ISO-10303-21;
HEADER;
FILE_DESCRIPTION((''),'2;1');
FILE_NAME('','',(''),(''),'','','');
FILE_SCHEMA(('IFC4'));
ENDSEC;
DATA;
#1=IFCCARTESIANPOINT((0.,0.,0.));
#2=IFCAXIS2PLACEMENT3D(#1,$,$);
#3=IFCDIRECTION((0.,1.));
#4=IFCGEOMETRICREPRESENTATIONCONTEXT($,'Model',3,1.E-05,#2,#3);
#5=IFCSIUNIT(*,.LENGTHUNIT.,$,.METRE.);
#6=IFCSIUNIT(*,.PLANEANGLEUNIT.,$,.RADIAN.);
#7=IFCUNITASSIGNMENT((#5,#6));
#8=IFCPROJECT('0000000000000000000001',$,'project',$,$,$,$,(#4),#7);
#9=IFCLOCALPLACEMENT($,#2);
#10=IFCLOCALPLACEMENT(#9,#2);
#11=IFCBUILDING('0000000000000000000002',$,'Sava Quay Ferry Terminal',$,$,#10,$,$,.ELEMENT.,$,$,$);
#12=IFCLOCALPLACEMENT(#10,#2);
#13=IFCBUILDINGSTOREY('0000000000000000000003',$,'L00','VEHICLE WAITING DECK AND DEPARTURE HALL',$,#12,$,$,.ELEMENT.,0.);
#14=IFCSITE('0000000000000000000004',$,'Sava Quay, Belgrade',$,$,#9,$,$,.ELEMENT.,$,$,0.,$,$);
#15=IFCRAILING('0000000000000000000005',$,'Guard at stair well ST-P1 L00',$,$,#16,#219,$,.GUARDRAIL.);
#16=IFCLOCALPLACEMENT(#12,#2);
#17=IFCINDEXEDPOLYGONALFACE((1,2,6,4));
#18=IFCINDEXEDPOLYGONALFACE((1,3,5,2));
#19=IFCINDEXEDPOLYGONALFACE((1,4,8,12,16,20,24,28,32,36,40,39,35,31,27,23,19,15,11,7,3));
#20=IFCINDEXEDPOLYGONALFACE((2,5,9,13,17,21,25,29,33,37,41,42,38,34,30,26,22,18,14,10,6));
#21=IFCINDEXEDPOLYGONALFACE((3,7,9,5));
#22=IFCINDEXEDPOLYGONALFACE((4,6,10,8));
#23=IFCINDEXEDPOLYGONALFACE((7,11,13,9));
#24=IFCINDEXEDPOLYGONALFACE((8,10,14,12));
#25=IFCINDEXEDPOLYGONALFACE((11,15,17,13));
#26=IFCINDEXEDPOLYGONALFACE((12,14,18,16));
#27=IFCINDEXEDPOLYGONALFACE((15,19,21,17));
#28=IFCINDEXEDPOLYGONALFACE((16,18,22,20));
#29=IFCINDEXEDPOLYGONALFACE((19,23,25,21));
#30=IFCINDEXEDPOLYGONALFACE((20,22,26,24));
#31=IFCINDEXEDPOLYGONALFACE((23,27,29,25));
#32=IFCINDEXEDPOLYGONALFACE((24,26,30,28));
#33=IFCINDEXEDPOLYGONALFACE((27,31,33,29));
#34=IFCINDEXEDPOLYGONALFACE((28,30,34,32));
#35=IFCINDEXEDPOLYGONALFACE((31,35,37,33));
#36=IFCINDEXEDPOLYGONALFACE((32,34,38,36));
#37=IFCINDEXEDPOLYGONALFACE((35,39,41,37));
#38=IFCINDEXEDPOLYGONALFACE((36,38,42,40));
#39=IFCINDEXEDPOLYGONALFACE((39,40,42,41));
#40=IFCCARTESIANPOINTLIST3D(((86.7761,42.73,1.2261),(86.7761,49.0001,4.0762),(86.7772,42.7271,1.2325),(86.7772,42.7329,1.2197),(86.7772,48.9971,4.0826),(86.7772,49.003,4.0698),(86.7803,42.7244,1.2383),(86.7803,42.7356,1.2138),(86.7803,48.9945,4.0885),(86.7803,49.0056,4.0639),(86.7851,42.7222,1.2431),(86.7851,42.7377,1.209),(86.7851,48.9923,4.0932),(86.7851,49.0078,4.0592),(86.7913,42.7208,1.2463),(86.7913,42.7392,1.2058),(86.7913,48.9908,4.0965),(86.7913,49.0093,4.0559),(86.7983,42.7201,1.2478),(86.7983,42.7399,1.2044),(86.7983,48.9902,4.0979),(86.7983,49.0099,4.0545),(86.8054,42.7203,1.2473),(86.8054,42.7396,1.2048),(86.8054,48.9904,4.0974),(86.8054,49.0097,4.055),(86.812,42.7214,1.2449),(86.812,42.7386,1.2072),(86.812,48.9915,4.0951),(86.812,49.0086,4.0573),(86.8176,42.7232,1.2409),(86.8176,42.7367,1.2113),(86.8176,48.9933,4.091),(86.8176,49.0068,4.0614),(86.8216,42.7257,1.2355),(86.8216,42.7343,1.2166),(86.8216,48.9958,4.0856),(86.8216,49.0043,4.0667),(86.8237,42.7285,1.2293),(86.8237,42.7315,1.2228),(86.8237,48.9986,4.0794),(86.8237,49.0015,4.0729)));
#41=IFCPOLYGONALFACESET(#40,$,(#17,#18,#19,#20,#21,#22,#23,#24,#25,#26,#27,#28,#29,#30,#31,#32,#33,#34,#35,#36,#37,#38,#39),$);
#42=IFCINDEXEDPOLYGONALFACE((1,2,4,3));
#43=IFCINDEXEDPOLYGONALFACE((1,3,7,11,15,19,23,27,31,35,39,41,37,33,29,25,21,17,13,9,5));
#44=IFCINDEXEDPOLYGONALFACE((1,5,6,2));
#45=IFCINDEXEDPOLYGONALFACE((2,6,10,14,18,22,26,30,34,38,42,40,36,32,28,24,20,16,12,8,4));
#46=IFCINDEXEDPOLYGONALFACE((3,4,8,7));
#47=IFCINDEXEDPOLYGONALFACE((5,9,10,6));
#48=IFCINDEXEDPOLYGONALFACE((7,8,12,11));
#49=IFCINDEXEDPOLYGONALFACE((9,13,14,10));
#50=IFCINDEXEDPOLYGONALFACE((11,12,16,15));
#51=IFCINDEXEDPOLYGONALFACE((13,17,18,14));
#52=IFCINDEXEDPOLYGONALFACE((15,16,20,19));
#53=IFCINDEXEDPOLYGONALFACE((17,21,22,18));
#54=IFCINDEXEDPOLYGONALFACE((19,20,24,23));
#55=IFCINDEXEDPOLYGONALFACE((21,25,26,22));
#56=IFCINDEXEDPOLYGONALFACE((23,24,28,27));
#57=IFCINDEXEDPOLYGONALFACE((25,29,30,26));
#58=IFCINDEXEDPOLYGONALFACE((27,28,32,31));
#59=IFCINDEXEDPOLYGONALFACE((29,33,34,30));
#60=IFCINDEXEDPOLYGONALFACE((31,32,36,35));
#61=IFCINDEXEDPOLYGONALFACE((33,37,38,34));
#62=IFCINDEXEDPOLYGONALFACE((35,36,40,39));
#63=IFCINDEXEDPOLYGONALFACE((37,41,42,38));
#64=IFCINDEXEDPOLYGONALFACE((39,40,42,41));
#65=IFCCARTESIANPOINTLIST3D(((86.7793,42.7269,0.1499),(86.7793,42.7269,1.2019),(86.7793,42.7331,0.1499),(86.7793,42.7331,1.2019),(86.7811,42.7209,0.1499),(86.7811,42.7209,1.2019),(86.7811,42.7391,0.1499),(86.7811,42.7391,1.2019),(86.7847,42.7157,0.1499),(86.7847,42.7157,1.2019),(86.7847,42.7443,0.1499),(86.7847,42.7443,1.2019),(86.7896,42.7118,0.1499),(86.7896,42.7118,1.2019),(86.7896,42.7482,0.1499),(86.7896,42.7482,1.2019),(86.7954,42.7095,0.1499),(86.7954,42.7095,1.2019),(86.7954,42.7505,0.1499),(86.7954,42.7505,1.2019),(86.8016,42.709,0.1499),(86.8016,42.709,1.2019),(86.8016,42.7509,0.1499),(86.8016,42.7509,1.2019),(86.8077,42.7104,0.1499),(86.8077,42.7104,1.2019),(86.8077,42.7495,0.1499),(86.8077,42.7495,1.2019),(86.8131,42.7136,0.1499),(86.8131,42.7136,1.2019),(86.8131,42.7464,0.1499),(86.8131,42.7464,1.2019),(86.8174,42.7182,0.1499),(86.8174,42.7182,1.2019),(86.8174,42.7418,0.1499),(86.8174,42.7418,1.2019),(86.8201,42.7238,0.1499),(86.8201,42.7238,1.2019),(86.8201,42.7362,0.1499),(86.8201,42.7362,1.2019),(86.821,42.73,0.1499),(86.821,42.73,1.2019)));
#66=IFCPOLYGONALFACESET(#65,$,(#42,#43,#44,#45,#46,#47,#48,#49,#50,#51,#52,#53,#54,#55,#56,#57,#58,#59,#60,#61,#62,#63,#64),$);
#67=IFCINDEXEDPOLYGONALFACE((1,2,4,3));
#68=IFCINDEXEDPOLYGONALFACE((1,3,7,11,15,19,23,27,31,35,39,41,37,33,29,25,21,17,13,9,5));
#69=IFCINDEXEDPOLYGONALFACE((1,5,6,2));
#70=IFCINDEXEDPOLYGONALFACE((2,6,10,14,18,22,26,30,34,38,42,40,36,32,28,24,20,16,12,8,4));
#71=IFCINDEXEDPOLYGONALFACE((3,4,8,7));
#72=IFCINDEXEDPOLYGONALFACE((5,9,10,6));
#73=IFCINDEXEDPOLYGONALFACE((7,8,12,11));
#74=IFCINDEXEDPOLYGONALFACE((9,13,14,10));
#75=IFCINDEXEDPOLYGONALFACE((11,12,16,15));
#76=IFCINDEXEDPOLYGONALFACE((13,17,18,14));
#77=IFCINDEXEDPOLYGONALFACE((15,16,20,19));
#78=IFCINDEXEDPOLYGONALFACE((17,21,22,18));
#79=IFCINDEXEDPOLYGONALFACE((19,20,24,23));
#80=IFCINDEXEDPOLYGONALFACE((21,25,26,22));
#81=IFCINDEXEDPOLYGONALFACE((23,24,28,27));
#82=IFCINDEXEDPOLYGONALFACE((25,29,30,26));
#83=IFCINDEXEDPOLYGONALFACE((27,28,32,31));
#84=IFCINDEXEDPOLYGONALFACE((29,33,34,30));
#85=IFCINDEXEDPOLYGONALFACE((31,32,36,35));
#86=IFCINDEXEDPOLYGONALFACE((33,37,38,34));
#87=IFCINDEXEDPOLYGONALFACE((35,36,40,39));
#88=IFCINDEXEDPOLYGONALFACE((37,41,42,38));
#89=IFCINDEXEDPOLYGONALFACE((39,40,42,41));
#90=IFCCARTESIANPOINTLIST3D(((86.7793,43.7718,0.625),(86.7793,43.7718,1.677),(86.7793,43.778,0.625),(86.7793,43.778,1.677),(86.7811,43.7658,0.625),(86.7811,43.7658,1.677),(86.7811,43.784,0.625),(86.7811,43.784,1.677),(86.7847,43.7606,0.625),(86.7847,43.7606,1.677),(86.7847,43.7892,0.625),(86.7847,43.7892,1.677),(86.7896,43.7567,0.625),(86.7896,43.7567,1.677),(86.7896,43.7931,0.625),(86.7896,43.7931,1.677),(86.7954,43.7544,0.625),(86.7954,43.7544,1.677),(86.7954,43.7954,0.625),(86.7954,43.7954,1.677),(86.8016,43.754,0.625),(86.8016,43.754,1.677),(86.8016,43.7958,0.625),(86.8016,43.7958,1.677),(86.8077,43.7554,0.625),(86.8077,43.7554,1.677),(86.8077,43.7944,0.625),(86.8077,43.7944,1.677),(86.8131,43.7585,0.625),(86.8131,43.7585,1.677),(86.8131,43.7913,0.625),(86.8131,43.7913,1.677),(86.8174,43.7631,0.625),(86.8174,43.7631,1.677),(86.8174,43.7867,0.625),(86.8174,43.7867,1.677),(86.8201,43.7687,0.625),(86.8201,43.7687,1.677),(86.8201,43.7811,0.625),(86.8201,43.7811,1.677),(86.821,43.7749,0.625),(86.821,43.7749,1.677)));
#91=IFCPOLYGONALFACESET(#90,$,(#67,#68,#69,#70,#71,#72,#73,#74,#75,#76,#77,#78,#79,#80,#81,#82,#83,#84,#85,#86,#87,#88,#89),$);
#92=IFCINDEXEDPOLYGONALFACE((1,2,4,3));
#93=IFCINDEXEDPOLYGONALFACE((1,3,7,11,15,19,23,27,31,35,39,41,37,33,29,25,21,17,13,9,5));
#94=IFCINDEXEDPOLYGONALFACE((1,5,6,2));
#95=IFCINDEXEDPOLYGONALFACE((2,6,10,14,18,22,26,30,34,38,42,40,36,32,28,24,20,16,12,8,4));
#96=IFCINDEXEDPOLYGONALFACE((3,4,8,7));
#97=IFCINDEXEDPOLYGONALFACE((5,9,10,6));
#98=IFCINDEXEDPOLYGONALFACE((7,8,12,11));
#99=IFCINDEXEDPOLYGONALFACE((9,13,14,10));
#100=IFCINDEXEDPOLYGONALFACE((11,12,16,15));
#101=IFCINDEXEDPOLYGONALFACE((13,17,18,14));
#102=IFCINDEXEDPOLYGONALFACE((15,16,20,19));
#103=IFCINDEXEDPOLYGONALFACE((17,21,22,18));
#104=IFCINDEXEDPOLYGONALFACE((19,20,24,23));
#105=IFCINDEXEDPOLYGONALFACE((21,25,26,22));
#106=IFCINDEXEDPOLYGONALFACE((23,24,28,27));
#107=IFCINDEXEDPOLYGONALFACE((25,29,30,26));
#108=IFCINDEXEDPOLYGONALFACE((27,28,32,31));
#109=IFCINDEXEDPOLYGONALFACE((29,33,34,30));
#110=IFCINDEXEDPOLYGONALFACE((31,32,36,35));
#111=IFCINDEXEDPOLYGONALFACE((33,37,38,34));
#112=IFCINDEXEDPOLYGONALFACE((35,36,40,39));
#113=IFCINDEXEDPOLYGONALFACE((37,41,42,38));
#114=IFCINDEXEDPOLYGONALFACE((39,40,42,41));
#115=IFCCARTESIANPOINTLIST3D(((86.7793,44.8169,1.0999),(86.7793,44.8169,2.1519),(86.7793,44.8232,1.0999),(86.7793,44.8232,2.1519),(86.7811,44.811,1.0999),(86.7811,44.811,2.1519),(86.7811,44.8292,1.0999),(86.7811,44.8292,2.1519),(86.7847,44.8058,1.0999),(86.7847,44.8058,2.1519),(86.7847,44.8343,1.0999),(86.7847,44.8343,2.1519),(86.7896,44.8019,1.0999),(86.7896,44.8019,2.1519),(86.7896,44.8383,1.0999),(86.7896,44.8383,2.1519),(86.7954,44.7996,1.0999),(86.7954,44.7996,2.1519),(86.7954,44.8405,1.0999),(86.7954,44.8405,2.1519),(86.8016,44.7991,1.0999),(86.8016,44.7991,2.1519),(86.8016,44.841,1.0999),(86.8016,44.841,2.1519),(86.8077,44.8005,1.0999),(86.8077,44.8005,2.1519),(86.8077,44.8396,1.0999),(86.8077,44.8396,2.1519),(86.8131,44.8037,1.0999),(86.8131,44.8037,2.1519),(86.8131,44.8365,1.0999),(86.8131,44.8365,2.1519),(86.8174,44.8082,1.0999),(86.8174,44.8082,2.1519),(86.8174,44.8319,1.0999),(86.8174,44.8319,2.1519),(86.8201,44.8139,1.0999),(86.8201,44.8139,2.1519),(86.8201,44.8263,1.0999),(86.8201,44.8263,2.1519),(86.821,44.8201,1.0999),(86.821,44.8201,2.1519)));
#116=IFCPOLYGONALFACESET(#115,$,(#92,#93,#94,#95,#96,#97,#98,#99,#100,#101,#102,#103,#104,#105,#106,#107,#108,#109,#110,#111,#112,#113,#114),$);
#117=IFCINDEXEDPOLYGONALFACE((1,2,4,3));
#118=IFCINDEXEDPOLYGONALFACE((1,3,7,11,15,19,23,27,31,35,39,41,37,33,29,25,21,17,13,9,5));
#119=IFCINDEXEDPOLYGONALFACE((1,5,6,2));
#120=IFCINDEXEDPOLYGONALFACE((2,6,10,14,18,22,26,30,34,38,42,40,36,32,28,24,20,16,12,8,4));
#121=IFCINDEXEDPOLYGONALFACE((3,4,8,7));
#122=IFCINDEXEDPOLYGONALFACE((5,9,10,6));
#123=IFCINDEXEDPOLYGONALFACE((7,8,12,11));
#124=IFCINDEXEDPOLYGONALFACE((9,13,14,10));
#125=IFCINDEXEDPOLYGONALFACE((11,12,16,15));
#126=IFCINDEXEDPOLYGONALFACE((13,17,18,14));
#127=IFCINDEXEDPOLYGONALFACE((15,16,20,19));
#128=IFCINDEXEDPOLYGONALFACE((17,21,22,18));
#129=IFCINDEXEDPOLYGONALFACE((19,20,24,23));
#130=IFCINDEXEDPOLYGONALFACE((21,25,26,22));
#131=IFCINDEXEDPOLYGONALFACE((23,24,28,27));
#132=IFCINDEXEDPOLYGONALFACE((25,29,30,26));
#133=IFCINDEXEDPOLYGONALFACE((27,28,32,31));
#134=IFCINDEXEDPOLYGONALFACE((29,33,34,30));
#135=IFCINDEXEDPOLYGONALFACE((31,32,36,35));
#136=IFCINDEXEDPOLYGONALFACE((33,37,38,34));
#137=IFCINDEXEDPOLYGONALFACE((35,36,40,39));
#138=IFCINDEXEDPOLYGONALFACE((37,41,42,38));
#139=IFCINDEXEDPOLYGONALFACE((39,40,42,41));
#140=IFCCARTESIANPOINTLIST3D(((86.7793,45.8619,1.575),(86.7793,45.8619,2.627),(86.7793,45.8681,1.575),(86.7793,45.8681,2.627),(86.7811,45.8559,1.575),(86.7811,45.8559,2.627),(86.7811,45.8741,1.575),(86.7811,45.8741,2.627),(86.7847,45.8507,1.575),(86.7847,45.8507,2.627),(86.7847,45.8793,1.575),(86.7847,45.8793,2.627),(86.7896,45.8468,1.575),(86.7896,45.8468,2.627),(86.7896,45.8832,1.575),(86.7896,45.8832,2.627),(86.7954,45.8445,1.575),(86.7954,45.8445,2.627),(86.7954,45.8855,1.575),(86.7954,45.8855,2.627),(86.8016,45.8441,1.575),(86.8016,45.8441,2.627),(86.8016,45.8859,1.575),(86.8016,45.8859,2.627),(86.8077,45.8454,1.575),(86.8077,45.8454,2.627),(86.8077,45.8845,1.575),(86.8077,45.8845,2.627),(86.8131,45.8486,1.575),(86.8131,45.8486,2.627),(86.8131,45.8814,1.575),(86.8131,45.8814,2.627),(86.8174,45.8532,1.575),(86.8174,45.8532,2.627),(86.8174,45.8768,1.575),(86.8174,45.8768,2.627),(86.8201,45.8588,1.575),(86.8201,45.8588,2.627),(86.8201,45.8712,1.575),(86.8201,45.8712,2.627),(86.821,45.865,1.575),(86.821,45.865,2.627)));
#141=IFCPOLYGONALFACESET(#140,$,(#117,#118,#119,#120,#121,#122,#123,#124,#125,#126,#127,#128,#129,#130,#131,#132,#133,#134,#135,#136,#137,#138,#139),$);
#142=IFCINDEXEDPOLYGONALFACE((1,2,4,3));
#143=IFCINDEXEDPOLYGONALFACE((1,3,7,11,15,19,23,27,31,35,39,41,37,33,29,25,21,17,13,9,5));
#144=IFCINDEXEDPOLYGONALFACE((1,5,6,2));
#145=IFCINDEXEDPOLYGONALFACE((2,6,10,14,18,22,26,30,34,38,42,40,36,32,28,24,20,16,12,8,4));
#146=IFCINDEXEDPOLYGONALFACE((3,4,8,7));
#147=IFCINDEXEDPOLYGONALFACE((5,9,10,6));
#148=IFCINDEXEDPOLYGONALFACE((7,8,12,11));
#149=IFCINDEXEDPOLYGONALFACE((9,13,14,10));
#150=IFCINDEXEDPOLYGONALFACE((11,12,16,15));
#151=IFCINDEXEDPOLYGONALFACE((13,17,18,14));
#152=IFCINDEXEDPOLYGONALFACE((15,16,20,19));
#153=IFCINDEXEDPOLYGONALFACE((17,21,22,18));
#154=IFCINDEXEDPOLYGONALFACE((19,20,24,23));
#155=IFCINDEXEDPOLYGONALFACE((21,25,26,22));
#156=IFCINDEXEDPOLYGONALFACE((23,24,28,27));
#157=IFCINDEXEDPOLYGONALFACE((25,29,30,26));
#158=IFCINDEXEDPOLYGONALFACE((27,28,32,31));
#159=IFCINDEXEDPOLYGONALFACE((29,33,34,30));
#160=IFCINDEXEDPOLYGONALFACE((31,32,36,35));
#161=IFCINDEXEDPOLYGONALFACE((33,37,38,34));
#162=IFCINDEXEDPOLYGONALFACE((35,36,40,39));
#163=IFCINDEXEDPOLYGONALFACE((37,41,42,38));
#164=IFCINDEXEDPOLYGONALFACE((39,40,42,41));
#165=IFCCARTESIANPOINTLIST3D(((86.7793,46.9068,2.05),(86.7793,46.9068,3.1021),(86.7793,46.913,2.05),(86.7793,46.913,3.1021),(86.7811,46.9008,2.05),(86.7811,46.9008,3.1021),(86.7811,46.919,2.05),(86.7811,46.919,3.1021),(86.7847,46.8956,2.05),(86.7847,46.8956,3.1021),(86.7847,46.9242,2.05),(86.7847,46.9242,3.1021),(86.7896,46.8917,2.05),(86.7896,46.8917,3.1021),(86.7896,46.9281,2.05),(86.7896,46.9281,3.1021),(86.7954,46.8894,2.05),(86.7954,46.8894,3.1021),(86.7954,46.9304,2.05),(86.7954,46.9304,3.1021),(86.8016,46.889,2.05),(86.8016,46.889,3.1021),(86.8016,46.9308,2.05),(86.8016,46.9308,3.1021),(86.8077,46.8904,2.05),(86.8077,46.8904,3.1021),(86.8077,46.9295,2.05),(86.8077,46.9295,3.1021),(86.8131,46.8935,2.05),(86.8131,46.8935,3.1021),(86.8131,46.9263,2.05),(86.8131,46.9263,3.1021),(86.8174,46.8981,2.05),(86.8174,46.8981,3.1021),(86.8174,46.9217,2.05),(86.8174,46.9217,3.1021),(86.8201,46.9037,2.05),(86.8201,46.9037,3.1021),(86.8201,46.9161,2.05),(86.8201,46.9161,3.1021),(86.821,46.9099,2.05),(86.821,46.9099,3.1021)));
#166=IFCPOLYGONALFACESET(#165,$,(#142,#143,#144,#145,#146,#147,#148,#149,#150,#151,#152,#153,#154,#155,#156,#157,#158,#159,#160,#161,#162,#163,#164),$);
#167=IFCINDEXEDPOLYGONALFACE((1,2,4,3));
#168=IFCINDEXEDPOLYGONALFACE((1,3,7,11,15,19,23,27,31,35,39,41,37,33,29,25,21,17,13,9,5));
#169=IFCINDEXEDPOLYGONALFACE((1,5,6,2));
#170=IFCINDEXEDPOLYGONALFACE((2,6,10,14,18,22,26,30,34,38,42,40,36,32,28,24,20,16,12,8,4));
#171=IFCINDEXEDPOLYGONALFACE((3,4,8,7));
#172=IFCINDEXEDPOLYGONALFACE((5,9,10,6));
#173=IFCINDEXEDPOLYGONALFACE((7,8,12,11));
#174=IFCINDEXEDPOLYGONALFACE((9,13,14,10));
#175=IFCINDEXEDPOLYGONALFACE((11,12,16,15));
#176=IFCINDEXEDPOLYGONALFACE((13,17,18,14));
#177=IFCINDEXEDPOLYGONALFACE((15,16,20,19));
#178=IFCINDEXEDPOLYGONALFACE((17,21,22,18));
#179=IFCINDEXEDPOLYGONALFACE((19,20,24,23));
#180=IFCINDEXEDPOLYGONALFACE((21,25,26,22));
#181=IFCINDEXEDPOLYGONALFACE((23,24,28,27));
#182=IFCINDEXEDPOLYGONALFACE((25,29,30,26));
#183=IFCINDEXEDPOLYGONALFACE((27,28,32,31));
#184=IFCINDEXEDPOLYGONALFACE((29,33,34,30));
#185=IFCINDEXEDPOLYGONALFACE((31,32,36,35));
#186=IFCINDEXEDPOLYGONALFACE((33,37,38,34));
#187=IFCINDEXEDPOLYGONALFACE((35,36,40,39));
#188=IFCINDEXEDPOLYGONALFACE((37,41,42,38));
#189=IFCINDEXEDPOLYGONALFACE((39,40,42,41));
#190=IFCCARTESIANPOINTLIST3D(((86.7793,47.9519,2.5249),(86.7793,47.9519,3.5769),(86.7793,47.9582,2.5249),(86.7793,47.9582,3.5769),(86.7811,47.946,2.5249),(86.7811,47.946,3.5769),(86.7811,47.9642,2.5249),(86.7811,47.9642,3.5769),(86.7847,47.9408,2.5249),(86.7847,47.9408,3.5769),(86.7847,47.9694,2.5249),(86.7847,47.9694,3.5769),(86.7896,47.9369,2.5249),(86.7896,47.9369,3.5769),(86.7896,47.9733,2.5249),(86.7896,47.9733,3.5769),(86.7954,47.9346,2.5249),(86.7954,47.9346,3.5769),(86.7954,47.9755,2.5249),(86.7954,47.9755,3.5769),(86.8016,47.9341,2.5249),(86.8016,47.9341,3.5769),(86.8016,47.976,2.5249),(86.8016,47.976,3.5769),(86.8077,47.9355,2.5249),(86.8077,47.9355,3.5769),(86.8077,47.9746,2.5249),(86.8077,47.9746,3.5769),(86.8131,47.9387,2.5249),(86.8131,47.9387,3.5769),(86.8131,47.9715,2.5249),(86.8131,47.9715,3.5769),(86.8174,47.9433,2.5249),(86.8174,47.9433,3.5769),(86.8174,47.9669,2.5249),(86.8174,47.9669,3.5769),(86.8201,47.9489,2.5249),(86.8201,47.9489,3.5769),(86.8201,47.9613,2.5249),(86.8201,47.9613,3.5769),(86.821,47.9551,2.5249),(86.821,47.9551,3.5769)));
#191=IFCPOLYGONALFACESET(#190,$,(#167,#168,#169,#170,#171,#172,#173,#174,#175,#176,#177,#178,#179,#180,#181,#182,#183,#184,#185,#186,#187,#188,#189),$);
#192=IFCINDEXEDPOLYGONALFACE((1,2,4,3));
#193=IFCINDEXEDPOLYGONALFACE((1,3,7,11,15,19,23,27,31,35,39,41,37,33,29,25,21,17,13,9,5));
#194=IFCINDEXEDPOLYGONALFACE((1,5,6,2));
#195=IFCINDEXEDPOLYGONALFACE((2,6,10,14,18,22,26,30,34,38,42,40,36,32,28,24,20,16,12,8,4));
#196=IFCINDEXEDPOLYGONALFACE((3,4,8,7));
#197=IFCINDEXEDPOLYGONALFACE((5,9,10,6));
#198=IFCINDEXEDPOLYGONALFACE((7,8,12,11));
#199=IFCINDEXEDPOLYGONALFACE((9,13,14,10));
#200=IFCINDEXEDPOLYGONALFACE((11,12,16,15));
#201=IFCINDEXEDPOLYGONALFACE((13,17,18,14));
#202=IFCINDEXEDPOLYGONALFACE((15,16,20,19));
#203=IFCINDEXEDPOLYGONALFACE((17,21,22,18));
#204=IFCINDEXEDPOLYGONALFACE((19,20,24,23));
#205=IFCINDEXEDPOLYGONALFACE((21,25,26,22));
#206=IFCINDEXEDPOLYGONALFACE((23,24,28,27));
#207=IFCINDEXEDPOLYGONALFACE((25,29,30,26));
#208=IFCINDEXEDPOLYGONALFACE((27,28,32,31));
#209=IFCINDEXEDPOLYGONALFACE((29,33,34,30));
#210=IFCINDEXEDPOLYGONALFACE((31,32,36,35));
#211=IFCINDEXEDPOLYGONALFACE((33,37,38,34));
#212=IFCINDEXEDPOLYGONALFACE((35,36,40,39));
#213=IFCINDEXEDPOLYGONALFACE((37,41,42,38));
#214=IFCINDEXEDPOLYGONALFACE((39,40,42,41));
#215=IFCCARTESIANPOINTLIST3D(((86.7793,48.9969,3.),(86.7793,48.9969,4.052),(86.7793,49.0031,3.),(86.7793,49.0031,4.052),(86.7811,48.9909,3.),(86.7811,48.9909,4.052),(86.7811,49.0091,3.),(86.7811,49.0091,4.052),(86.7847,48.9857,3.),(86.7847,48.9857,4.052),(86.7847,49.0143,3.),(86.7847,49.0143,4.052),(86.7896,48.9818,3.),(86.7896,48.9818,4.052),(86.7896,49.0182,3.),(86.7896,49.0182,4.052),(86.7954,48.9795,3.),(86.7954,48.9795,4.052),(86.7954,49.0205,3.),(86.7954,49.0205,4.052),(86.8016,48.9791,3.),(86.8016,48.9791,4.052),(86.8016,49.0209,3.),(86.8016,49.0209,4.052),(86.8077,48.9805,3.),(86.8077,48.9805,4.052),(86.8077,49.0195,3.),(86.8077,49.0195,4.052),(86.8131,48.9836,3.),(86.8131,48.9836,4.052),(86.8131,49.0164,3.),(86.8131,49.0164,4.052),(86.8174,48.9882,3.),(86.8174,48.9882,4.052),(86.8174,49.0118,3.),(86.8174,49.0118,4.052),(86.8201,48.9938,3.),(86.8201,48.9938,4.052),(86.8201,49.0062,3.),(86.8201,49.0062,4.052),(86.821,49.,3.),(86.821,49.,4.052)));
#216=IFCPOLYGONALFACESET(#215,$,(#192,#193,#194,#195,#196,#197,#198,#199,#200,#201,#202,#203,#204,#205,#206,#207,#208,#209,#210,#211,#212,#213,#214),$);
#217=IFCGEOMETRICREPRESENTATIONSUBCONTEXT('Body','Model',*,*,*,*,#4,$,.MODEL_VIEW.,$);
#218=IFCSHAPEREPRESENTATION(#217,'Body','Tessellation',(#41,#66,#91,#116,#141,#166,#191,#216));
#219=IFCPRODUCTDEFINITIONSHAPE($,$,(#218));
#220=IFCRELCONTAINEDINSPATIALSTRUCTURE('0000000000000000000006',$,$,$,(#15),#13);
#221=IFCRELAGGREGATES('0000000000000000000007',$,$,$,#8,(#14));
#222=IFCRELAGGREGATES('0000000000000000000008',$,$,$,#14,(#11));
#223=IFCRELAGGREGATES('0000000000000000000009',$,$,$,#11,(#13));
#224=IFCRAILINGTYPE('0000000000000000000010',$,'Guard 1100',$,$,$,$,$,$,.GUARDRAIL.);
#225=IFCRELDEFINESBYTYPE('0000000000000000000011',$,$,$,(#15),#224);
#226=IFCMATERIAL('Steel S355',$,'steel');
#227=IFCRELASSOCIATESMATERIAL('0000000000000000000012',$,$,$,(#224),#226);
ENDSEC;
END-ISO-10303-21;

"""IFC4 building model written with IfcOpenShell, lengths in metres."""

from ifc_helpers import new_model, si_unit, direction, frame, origin, origin_2d, place, context, subcontext, project, spatial, circle, extrude, material, type_object, element, save


model = new_model("IFC4")

# Units and contexts
model_context = context("Model", 3, precision=1e-05, world=origin(), true_north=direction((0.0, 1.0)))
body_context = subcontext(model_context, "Body", "Model", "MODEL_VIEW")
ifc_project = project(units=[si_unit("LENGTHUNIT", "METRE"), si_unit("PLANEANGLEUNIT", "RADIAN")], contexts=[model_context])

# Site, building, storey
site_placement = place(None, origin())
site = spatial("IfcSite", under=ifc_project, at=site_placement, Name="Sava Quay, Belgrade", CompositionType="ELEMENT", RefElevation=0.0)
building_placement = place(site_placement, origin())
building = spatial("IfcBuilding", under=site, at=building_placement, Name="Sava Quay Ferry Terminal", CompositionType="ELEMENT")
storey_placement = place(building_placement, origin())
storey = spatial("IfcBuildingStorey", under=building, at=storey_placement, Name="L00", Description="VEHICLE WAITING DECK AND DEPARTURE HALL", CompositionType="ELEMENT", Elevation=0.0)

# Railing
ifc_material_1 = material(Name="Steel S355", Category="steel")
railing_type_1 = type_object("IfcRailingType", Name="Guard 1100", PredefinedType="GUARDRAIL", material=ifc_material_1)
railing_1_placement = place(storey_placement, frame((86.8, 42.73, 0.1499)))
element("IfcRailing", 1, at=railing_1_placement, inside=storey, type_object=railing_type_1, Name="Guard at stair well ST-P1 L00", PredefinedType="GUARDRAIL", context=body_context, shape_type="SweptSolid", body=[
    extrude(circle(Radius=0.0239, at=origin_2d()), frame((0.0, 0.0, 1.0762), z_axis=(0.0, 0.910362, 0.413814), x_axis=(-1.0, 0.0, 0.0)), (0.0, 0.0, 1.0), 6.8875),
    extrude(circle(Radius=0.021, at=origin_2d()), origin(), (0.0, 0.0, 1.0), 1.052),
    extrude(circle(Radius=0.021, at=origin_2d()), frame((0.0, 1.0449, 0.4751)), (0.0, 0.0, 1.0), 1.052),
    extrude(circle(Radius=0.021, at=origin_2d()), frame((0.0, 2.0901, 0.95)), (0.0, 0.0, 1.0), 1.052),
    extrude(circle(Radius=0.021, at=origin_2d()), frame((0.0, 3.135, 1.425)), (0.0, 0.0, 1.0), 1.052),
    extrude(circle(Radius=0.021, at=origin_2d()), frame((0.0, 4.1799, 1.9001)), (0.0, 0.0, 1.0), 1.052),
    extrude(circle(Radius=0.021, at=origin_2d()), frame((0.0, 5.2251, 2.375)), (0.0, 0.0, 1.0), 1.052),
    extrude(circle(Radius=0.021, at=origin_2d()), frame((0.0, 6.27, 2.8501)), (0.0, 0.0, 1.0), 1.052),
])

save(model, "model.ifc")
